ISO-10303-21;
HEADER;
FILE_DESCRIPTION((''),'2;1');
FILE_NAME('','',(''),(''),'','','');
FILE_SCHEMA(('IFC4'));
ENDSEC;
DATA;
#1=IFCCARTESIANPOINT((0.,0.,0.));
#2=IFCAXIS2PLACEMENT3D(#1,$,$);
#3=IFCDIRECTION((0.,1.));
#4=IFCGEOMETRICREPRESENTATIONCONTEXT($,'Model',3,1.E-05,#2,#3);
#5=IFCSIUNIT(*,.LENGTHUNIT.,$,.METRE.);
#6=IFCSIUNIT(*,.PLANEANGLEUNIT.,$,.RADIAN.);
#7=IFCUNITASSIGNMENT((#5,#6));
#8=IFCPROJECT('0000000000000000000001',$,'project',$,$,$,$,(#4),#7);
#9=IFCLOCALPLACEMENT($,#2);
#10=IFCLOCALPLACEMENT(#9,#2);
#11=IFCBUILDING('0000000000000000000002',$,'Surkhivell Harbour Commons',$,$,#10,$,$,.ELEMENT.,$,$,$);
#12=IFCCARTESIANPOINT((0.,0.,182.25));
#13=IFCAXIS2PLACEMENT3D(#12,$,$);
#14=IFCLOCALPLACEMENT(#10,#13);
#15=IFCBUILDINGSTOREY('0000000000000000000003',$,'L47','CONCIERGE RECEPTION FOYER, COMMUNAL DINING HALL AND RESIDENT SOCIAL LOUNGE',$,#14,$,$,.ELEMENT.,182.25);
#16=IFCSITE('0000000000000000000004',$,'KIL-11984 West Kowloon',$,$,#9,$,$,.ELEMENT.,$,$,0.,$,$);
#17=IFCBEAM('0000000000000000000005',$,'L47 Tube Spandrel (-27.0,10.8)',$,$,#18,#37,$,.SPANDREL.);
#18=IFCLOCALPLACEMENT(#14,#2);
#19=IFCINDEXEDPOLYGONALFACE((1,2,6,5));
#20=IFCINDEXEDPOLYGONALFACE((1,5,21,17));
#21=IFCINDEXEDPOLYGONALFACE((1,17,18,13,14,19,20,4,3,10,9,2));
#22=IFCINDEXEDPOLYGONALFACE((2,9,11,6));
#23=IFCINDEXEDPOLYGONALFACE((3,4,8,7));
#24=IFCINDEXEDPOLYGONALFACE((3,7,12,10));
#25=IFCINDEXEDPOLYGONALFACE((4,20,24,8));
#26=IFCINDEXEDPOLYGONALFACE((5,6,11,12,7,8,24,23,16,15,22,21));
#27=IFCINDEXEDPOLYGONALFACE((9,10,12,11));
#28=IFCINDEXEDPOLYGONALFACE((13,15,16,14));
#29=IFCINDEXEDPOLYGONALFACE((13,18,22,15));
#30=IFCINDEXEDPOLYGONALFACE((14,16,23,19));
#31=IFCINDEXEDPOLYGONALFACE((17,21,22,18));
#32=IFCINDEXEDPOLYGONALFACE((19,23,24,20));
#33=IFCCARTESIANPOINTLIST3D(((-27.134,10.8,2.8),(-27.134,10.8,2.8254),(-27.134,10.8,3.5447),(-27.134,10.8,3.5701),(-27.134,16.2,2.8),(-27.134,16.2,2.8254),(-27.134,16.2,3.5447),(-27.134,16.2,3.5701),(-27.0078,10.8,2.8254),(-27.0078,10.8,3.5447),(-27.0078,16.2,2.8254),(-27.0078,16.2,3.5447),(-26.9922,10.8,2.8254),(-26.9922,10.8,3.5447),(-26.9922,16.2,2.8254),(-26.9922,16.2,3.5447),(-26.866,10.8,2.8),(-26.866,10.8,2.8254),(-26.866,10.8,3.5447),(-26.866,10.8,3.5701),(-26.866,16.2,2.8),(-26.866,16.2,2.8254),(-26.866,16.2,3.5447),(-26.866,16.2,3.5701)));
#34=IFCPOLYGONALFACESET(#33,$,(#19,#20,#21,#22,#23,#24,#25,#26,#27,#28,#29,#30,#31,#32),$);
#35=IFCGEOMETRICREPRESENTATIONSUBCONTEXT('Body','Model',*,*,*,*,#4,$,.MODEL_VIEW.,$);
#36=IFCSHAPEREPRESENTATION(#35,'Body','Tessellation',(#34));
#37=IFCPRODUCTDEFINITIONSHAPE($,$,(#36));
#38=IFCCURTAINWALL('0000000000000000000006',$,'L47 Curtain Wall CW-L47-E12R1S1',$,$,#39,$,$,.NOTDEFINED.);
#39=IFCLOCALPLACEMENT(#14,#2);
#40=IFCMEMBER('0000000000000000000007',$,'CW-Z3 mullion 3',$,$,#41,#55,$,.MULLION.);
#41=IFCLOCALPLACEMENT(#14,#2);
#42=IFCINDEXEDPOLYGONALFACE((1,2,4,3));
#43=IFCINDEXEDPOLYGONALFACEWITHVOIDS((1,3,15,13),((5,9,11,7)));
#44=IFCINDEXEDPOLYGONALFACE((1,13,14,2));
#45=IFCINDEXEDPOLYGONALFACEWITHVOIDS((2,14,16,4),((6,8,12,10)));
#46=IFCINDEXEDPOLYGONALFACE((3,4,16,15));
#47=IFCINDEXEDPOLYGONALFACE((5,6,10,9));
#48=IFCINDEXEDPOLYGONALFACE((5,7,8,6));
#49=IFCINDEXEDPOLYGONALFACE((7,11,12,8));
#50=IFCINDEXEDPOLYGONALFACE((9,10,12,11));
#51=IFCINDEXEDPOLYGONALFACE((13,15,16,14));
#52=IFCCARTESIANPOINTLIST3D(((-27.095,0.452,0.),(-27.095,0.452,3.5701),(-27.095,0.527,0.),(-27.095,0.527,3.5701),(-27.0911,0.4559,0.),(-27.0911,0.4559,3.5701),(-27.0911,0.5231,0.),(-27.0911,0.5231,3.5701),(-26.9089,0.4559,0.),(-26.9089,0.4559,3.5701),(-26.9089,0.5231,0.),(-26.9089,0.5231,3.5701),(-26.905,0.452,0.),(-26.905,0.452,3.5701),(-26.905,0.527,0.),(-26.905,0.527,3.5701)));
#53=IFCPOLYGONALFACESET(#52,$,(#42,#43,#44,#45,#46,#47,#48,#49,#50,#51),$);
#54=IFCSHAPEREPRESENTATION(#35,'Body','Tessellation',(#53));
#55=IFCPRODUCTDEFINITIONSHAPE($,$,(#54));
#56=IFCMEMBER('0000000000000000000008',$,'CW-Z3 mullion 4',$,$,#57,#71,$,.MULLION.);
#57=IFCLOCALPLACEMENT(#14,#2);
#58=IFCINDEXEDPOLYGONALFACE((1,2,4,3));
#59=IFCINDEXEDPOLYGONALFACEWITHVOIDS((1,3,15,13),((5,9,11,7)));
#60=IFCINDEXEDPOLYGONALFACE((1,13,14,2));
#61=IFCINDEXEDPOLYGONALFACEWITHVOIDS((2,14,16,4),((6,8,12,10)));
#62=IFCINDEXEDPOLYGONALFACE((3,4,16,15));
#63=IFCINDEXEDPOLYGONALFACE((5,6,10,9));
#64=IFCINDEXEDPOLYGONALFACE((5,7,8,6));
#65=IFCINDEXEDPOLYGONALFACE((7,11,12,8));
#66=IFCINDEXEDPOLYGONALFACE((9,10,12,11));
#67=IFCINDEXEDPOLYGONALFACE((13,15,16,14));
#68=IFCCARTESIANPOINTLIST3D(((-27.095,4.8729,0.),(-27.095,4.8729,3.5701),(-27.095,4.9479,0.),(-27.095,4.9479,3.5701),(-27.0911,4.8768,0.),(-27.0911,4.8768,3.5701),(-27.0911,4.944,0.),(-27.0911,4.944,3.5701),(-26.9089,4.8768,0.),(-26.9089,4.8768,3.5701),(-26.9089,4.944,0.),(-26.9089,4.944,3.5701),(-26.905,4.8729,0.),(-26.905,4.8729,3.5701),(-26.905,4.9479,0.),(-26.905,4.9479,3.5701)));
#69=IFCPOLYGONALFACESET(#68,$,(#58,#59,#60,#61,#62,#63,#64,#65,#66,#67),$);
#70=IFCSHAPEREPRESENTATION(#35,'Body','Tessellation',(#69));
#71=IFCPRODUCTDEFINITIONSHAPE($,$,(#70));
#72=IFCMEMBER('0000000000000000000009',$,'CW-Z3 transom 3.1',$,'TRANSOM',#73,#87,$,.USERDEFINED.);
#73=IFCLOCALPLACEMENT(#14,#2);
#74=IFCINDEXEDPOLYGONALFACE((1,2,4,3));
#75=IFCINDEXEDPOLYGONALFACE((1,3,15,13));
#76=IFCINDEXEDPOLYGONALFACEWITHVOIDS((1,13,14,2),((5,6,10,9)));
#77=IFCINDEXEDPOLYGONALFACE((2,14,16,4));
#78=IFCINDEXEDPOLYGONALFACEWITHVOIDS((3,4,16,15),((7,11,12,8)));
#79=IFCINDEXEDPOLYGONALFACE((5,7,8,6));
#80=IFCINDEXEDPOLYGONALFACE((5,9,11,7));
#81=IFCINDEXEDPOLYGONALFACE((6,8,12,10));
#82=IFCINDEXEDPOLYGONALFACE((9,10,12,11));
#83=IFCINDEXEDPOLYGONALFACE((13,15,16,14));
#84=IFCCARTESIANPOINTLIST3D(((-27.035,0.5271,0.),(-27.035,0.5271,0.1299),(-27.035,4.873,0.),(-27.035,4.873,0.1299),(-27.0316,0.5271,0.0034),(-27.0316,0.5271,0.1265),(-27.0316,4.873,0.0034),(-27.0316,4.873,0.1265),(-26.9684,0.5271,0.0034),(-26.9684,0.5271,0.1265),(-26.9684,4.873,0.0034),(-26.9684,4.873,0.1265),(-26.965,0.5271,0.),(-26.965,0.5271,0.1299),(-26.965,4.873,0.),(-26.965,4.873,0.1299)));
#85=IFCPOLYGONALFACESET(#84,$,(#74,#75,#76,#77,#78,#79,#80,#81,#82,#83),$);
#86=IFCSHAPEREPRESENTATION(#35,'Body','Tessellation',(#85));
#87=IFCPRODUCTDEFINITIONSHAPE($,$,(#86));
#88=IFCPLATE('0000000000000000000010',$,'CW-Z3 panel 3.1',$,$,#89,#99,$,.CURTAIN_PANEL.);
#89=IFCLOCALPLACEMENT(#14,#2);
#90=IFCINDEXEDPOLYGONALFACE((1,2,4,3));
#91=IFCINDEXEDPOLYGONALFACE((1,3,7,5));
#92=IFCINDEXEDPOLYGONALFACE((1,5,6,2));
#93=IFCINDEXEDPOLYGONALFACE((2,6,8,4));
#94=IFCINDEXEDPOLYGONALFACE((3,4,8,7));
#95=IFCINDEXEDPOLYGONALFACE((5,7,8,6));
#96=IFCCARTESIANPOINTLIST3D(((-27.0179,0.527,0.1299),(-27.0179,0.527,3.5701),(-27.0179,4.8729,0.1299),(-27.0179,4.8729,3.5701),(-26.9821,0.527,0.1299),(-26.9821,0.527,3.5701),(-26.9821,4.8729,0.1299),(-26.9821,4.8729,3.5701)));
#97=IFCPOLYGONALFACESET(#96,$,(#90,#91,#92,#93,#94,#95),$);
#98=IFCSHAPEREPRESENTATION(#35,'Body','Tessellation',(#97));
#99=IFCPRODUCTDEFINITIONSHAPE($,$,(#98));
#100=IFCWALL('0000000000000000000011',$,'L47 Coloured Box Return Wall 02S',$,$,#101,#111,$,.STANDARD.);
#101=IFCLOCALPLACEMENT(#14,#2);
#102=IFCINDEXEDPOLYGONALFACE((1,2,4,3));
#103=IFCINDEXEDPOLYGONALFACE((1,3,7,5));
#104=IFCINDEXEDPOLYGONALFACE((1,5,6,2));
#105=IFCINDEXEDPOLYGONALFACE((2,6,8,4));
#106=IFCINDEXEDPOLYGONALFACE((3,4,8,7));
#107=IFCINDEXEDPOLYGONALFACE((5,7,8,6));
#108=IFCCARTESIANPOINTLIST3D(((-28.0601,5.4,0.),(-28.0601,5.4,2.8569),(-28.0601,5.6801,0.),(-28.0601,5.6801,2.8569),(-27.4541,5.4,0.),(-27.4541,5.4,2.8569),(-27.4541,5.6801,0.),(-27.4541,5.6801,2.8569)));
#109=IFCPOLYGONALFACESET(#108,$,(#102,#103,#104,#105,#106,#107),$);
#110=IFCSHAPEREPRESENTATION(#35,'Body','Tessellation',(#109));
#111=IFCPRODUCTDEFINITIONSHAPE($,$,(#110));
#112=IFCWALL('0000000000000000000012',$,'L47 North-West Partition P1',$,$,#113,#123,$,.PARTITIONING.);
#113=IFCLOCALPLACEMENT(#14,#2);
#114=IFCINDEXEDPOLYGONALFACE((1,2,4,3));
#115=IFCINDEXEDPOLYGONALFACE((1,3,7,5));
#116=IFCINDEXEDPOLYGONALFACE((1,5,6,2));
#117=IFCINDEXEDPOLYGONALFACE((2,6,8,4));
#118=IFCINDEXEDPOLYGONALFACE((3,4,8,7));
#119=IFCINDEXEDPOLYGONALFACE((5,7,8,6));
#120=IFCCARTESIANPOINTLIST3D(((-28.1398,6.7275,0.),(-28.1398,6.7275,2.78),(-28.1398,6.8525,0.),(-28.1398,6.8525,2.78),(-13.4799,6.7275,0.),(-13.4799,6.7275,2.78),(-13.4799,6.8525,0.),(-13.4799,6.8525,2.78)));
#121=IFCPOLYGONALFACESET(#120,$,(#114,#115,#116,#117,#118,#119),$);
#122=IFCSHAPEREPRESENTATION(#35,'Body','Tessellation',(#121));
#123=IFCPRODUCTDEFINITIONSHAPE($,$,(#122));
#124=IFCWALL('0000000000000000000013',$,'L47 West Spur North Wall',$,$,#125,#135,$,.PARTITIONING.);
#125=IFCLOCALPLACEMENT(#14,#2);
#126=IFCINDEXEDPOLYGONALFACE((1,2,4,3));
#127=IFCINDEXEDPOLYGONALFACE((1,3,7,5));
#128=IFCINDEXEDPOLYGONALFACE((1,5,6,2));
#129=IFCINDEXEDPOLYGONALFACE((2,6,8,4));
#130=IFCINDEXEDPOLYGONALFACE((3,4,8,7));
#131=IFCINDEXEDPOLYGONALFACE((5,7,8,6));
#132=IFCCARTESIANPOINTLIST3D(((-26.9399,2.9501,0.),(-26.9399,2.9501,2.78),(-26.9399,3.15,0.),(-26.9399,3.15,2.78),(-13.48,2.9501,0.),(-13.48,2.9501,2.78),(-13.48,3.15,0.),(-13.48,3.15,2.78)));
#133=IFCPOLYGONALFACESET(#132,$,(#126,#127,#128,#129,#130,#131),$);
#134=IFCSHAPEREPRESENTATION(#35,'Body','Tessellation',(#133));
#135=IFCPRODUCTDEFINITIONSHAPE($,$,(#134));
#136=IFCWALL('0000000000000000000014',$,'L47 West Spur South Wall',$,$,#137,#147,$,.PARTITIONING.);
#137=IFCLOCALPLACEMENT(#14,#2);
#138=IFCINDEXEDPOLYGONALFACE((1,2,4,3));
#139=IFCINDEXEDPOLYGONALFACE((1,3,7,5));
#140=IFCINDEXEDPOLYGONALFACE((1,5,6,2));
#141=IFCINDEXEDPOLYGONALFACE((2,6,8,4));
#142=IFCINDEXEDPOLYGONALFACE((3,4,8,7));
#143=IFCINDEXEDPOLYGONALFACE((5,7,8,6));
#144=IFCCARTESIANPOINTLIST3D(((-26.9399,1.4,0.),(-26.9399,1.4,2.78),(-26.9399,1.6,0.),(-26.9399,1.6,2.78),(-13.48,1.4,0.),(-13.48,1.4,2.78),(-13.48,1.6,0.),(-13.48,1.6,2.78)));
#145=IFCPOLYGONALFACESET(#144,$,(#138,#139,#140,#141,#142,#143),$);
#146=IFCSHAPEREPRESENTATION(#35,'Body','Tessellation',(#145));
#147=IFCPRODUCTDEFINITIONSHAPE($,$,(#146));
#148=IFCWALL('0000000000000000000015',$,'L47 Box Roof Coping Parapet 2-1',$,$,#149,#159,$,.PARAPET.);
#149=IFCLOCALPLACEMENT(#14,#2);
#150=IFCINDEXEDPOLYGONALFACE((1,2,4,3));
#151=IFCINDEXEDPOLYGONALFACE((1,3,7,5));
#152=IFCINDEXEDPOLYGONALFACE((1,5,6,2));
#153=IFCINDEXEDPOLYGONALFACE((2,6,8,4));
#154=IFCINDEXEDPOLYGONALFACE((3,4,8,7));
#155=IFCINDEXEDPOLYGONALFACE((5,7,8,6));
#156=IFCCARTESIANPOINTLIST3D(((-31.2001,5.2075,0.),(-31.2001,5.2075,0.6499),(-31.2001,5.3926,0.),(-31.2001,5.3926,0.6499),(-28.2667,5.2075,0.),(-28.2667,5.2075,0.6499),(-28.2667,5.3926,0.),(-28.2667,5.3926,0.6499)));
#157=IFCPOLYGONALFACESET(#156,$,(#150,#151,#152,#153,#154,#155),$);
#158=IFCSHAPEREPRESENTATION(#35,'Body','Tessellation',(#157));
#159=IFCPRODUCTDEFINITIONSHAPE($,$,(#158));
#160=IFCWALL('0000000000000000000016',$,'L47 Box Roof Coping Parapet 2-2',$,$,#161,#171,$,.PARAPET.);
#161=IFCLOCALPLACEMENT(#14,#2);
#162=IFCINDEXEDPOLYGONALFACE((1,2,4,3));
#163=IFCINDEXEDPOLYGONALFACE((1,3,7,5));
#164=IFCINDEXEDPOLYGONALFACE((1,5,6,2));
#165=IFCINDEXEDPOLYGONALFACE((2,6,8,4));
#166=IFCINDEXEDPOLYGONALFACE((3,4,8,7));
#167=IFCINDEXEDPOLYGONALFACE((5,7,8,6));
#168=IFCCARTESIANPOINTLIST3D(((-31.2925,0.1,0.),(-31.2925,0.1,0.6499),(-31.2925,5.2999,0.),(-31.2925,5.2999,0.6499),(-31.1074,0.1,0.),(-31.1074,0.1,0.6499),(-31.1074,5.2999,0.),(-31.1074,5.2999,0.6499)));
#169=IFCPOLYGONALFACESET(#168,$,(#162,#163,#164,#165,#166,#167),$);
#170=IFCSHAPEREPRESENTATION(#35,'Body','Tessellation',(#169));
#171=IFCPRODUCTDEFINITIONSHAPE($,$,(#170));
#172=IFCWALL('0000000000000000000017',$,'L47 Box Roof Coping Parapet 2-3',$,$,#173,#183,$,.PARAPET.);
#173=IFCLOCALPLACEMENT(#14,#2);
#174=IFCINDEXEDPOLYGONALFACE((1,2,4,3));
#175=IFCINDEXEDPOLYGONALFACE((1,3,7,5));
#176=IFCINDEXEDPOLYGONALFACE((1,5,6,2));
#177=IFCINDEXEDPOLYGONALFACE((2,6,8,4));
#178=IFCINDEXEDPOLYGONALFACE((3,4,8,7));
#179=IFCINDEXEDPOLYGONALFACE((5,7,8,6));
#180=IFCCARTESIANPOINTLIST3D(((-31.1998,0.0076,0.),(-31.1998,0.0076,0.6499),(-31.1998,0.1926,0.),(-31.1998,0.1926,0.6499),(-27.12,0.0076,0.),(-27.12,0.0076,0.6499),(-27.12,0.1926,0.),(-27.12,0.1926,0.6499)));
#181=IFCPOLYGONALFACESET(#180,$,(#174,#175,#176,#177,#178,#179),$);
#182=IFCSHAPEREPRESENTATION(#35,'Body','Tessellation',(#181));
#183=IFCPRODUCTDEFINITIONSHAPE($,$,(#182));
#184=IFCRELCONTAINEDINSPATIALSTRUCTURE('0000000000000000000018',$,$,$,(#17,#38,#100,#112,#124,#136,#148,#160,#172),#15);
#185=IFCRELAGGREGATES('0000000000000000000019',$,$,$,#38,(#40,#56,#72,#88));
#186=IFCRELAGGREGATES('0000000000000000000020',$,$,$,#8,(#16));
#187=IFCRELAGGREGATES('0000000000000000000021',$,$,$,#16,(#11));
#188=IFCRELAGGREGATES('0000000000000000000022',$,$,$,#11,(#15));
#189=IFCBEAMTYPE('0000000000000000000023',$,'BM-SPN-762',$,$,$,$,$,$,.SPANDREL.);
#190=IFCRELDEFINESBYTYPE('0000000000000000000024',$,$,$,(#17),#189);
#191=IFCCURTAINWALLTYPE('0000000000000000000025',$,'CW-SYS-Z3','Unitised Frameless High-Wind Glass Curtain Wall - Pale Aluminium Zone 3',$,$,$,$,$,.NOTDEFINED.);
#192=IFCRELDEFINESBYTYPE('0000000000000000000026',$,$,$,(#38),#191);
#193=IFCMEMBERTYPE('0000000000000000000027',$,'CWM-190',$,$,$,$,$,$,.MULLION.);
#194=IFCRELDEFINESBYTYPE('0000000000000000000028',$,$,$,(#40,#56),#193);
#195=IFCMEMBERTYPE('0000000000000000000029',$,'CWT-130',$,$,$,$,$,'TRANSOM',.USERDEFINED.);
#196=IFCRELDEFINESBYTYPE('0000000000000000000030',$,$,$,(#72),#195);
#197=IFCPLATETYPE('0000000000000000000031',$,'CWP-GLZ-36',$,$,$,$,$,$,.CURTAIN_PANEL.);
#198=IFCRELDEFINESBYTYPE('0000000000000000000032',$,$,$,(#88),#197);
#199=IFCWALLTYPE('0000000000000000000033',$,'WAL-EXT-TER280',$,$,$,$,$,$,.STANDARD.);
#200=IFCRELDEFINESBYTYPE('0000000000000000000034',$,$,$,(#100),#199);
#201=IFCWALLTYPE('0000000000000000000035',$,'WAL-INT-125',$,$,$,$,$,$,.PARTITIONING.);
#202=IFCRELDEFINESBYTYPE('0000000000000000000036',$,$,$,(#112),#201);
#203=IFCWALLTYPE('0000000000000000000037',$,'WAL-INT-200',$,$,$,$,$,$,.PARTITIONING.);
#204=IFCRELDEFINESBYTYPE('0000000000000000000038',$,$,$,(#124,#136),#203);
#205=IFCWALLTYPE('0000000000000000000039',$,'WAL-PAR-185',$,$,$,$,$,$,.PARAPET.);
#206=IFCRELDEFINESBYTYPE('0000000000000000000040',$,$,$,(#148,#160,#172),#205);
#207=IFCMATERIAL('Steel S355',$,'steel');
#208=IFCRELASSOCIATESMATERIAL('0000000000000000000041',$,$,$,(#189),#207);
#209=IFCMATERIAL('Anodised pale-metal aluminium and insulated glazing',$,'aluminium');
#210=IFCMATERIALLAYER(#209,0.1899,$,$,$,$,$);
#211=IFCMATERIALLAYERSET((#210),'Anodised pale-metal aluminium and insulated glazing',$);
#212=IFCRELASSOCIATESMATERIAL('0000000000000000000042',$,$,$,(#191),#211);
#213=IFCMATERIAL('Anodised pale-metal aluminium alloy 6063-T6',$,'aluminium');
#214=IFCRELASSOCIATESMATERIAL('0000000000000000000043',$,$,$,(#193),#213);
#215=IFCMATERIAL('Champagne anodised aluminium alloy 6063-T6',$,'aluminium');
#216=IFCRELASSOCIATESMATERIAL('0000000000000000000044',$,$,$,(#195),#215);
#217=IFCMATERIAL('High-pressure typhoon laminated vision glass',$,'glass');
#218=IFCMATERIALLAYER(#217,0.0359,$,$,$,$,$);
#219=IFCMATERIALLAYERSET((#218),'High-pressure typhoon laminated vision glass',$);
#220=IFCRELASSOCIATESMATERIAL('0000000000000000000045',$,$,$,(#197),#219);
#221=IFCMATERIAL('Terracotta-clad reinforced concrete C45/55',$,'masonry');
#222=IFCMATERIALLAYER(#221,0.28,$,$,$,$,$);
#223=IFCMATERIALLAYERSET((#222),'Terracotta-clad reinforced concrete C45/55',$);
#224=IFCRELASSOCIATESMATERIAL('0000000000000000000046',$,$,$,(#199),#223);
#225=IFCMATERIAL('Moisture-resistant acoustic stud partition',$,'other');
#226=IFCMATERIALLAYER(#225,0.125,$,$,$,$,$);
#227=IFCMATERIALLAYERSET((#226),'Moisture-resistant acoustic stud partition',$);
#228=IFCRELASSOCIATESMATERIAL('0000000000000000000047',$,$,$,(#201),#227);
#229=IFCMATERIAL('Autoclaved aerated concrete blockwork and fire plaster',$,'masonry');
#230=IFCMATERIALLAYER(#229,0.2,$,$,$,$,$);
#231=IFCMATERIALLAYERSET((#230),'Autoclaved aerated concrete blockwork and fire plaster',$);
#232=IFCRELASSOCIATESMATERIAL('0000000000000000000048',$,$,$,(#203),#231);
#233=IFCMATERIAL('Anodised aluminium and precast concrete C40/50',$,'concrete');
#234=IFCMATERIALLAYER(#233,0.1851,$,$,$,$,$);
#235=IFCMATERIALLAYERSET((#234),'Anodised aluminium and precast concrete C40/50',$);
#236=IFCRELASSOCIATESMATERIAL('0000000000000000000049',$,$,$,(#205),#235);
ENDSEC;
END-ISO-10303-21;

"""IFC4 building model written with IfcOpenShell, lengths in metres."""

from ifc_helpers import new_model, si_unit, direction, frame, frame_2d, origin, origin_2d, place, context, subcontext, project, spatial, rectangle, hollow_rectangle, i_section, extrude, material, layer, layer_set, material_profile, profile_set, type_object, element, aggregate, save


model = new_model("IFC4")

# Units and contexts
model_context = context("Model", 3, precision=1e-05, world=origin(), true_north=direction((0.0, 1.0)))
body_context = subcontext(model_context, "Body", "Model", "MODEL_VIEW")
ifc_project = project(units=[si_unit("LENGTHUNIT", "METRE"), si_unit("PLANEANGLEUNIT", "RADIAN")], contexts=[model_context])

# Site, building, storey
site_placement = place(None, origin())
site = spatial("IfcSite", under=ifc_project, at=site_placement, Name="KIL-11984 West Kowloon", CompositionType="ELEMENT", RefElevation=0.0)
building_placement = place(site_placement, origin())
building = spatial("IfcBuilding", under=site, at=building_placement, Name="Surkhivell Harbour Commons", CompositionType="ELEMENT")
storey_placement = place(building_placement, frame((0.0, 0.0, 182.25)))
storey = spatial("IfcBuildingStorey", under=building, at=storey_placement, Name="L47", Description="CONCIERGE RECEPTION FOYER, COMMUNAL DINING HALL AND RESIDENT SOCIAL LOUNGE", CompositionType="ELEMENT", Elevation=182.25)

# Beam
ifc_material_1 = material(Name="Steel S355", Category="steel")
ifc_material_profile_1 = material_profile(ifc_material_1, i_section(OverallWidth=0.2681, OverallDepth=0.77, WebThickness=0.0156, FlangeThickness=0.0254, at=origin_2d()), Name="UB762x267x197")
ifc_profile_set_1 = profile_set([ifc_material_profile_1], Name="Steel S355")
beam_type_1 = type_object("IfcBeamType", Name="BM-SPN-762", PredefinedType="SPANDREL", material=ifc_profile_set_1)
beam_1_placement = place(storey_placement, frame((-27.0, 10.8, 3.1851), z_axis=(0.0, 1.0, 0.0), x_axis=(-1.0, 0.0, 0.0)))
element("IfcBeam", 1, at=beam_1_placement, inside=storey, type_object=beam_type_1, Name="L47 Tube Spandrel (-27.0,10.8)", PredefinedType="SPANDREL", context=body_context, shape_type="SweptSolid", body=[
    extrude(i_section(OverallWidth=0.2681, OverallDepth=0.77, WebThickness=0.0156, FlangeThickness=0.0254, at=origin_2d()), origin(), (0.0, 0.0, 1.0), 5.3999),
])

# Curtain wall, members, plate
ifc_material_2 = material(Name="Anodised pale-metal aluminium and insulated glazing", Category="aluminium")
ifc_layer_1 = layer(ifc_material_2, 0.1899)
ifc_layer_set_1 = layer_set([ifc_layer_1], Name="Anodised pale-metal aluminium and insulated glazing")
curtain_wall_type = type_object("IfcCurtainWallType", Name="CW-SYS-Z3", Description="Unitised Frameless High-Wind Glass Curtain Wall - Pale Aluminium Zone 3", PredefinedType="NOTDEFINED", material=ifc_layer_set_1)
curtain_wall_placement = place(storey_placement, origin())
curtain_wall = element("IfcCurtainWall", 2, at=curtain_wall_placement, inside=storey, type_object=curtain_wall_type, Name="L47 Curtain Wall CW-L47-E12R1S1", PredefinedType="NOTDEFINED")
ifc_material_3 = material(Name="Anodised pale-metal aluminium alloy 6063-T6", Category="aluminium")
ifc_material_profile_2 = material_profile(ifc_material_3, hollow_rectangle(XDim=0.075, YDim=0.1899, WallThickness=0.0039, at=origin_2d()), Name="ALU-MULL-75x190")
ifc_profile_set_2 = profile_set([ifc_material_profile_2], Name="Anodised pale-metal aluminium alloy 6063-T6")
member_type_1 = type_object("IfcMemberType", Name="CWM-190", PredefinedType="MULLION", material=ifc_profile_set_2)
member_1_placement = place(storey_placement, frame((-27.0, 0.4895, 0.0), z_axis=(0.0, 0.0, 1.0), x_axis=(0.0, 1.0, 0.0)))
member_1 = element("IfcMember", 3, at=member_1_placement, type_object=member_type_1, Name="CW-Z3 mullion 3", PredefinedType="MULLION", context=body_context, shape_type="SweptSolid", body=[
    extrude(hollow_rectangle(XDim=0.075, YDim=0.1899, WallThickness=0.0039, at=origin_2d()), origin(), (0.0, 0.0, 1.0), 3.5701),
])
member_2_placement = place(storey_placement, frame((-27.0, 4.9104, 0.0), z_axis=(0.0, 0.0, 1.0), x_axis=(0.0, 1.0, 0.0)))
member_2 = element("IfcMember", 4, at=member_2_placement, type_object=member_type_1, Name="CW-Z3 mullion 4", PredefinedType="MULLION", context=body_context, shape_type="SweptSolid", body=[
    extrude(hollow_rectangle(XDim=0.075, YDim=0.1899, WallThickness=0.0039, at=origin_2d()), origin(), (0.0, 0.0, 1.0), 3.5701),
])
ifc_material_4 = material(Name="Champagne anodised aluminium alloy 6063-T6", Category="aluminium")
ifc_material_profile_3 = material_profile(ifc_material_4, hollow_rectangle(XDim=0.0701, YDim=0.1299, WallThickness=0.0034, at=origin_2d()), Name="ALU-TRAN-70x130")
ifc_profile_set_3 = profile_set([ifc_material_profile_3], Name="Champagne anodised aluminium alloy 6063-T6")
member_type_2 = type_object("IfcMemberType", Name="CWT-130", ElementType="TRANSOM", PredefinedType="USERDEFINED", material=ifc_profile_set_3)
member_3_placement = place(storey_placement, frame((-27.0, 0.5271, 0.0649), z_axis=(0.0, 1.0, 0.0), x_axis=(-1.0, 0.0, 0.0)))
member_3 = element("IfcMember", 5, at=member_3_placement, type_object=member_type_2, Name="CW-Z3 transom 3.1", ObjectType="TRANSOM", PredefinedType="USERDEFINED", context=body_context, shape_type="SweptSolid", body=[
    extrude(hollow_rectangle(XDim=0.0701, YDim=0.1299, WallThickness=0.0034, at=origin_2d()), origin(), (0.0, 0.0, 1.0), 4.3459),
])
ifc_material_5 = material(Name="High-pressure typhoon laminated vision glass", Category="glass")
ifc_layer_2 = layer(ifc_material_5, 0.0359)
ifc_layer_set_2 = layer_set([ifc_layer_2], Name="High-pressure typhoon laminated vision glass")
plate_type = type_object("IfcPlateType", Name="CWP-GLZ-36", PredefinedType="CURTAIN_PANEL", material=ifc_layer_set_2)
plate_placement = place(storey_placement, frame((-27.0, 0.5271, 0.1299), z_axis=(0.0, 0.0, 1.0), x_axis=(0.0, 1.0, 0.0)))
plate = element("IfcPlate", 6, at=plate_placement, type_object=plate_type, Name="CW-Z3 panel 3.1", PredefinedType="CURTAIN_PANEL", context=body_context, shape_type="SweptSolid", body=[
    extrude(rectangle(XDim=4.3459, YDim=0.0359, at=frame_2d((2.1729, 0.0))), origin(), (0.0, 0.0, 1.0), 3.4402),
])
aggregate(curtain_wall, [member_1, member_2, member_3, plate])

# Walls
ifc_material_6 = material(Name="Terracotta-clad reinforced concrete C45/55", Category="masonry")
ifc_layer_3 = layer(ifc_material_6, 0.28)
ifc_layer_set_3 = layer_set([ifc_layer_3], Name="Terracotta-clad reinforced concrete C45/55")
wall_type_1 = type_object("IfcWallType", Name="WAL-EXT-TER280", PredefinedType="STANDARD", material=ifc_layer_set_3)
wall_1_placement = place(storey_placement, frame((-28.0601, 5.54, 0.0), z_axis=(0.0, 0.0, 1.0), x_axis=(1.0, 0.0, 0.0)))
element("IfcWall", 7, at=wall_1_placement, inside=storey, type_object=wall_type_1, Name="L47 Coloured Box Return Wall 02S", PredefinedType="STANDARD", context=body_context, shape_type="SweptSolid", body=[
    extrude(rectangle(XDim=0.606, YDim=0.28, at=frame_2d((0.303, 0.0))), origin(), (0.0, 0.0, 1.0), 2.8569),
])
ifc_material_7 = material(Name="Moisture-resistant acoustic stud partition", Category="other")
ifc_layer_4 = layer(ifc_material_7, 0.125)
ifc_layer_set_4 = layer_set([ifc_layer_4], Name="Moisture-resistant acoustic stud partition")
wall_type_2 = type_object("IfcWallType", Name="WAL-INT-125", PredefinedType="PARTITIONING", material=ifc_layer_set_4)
wall_2_placement = place(storey_placement, frame((-28.1399, 6.79, 0.0), z_axis=(0.0, 0.0, 1.0), x_axis=(1.0, 0.0, 0.0)))
element("IfcWall", 8, at=wall_2_placement, inside=storey, type_object=wall_type_2, Name="L47 North-West Partition P1", PredefinedType="PARTITIONING", context=body_context, shape_type="SweptSolid", body=[
    extrude(rectangle(XDim=14.6599, YDim=0.125, at=frame_2d((7.3301, 0.0))), origin(), (0.0, 0.0, 1.0), 2.78),
])
ifc_material_8 = material(Name="Autoclaved aerated concrete blockwork and fire plaster", Category="masonry")
ifc_layer_5 = layer(ifc_material_8, 0.2)
ifc_layer_set_5 = layer_set([ifc_layer_5], Name="Autoclaved aerated concrete blockwork and fire plaster")
wall_type_3 = type_object("IfcWallType", Name="WAL-INT-200", PredefinedType="PARTITIONING", material=ifc_layer_set_5)
for number, where, z_axis, x_axis, name in (
    (9, (-26.9399, 3.05, 0.0), (0.0, 0.0, 1.0), (1.0, 0.0, 0.0), "L47 West Spur North Wall"),
    (10, (-26.9399, 1.5, 0.0), (0.0, 0.0, 1.0), (1.0, 0.0, 0.0), "L47 West Spur South Wall"),
):
    element("IfcWall", number, at=place(storey_placement, frame(where, z_axis=z_axis, x_axis=x_axis)), inside=storey, type_object=wall_type_3, Name=name, PredefinedType="PARTITIONING", context=body_context, shape_type="SweptSolid", body=[
        extrude(rectangle(XDim=13.46, YDim=0.2, at=frame_2d((6.73, 0.0))), origin(), (0.0, 0.0, 1.0), 2.78),
    ])
ifc_material_9 = material(Name="Anodised aluminium and precast concrete C40/50", Category="concrete")
ifc_layer_6 = layer(ifc_material_9, 0.1851)
ifc_layer_set_6 = layer_set([ifc_layer_6], Name="Anodised aluminium and precast concrete C40/50")
wall_type_4 = type_object("IfcWallType", Name="WAL-PAR-185", PredefinedType="PARAPET", material=ifc_layer_set_6)
wall_3_placement = place(storey_placement, frame((-28.2666, 5.3, 0.0), z_axis=(0.0, 0.0, 1.0), x_axis=(-1.0, 0.0, 0.0)))
element("IfcWall", 11, at=wall_3_placement, inside=storey, type_object=wall_type_4, Name="L47 Box Roof Coping Parapet 2-1", PredefinedType="PARAPET", context=body_context, shape_type="SweptSolid", body=[
    extrude(rectangle(XDim=2.9333, YDim=0.1851, at=frame_2d((1.4668, 0.0))), origin(), (0.0, 0.0, 1.0), 0.6499),
])
wall_4_placement = place(storey_placement, frame((-31.2, 5.3, 0.0), z_axis=(0.0, 0.0, 1.0), x_axis=(0.0, -1.0, 0.0)))
element("IfcWall", 12, at=wall_4_placement, inside=storey, type_object=wall_type_4, Name="L47 Box Roof Coping Parapet 2-2", PredefinedType="PARAPET", context=body_context, shape_type="SweptSolid", body=[
    extrude(rectangle(XDim=5.2, YDim=0.1851, at=frame_2d((2.6001, 0.0))), origin(), (0.0, 0.0, 1.0), 0.6499),
])
wall_5_placement = place(storey_placement, frame((-31.2, 0.1001, 0.0), z_axis=(0.0, 0.0, 1.0), x_axis=(1.0, 0.0, 0.0)))
element("IfcWall", 13, at=wall_5_placement, inside=storey, type_object=wall_type_4, Name="L47 Box Roof Coping Parapet 2-3", PredefinedType="PARAPET", context=body_context, shape_type="SweptSolid", body=[
    extrude(rectangle(XDim=4.0798, YDim=0.1851, at=frame_2d((2.04, 0.0))), origin(), (0.0, 0.0, 1.0), 0.6499),
])

save(model, "model.ifc")
